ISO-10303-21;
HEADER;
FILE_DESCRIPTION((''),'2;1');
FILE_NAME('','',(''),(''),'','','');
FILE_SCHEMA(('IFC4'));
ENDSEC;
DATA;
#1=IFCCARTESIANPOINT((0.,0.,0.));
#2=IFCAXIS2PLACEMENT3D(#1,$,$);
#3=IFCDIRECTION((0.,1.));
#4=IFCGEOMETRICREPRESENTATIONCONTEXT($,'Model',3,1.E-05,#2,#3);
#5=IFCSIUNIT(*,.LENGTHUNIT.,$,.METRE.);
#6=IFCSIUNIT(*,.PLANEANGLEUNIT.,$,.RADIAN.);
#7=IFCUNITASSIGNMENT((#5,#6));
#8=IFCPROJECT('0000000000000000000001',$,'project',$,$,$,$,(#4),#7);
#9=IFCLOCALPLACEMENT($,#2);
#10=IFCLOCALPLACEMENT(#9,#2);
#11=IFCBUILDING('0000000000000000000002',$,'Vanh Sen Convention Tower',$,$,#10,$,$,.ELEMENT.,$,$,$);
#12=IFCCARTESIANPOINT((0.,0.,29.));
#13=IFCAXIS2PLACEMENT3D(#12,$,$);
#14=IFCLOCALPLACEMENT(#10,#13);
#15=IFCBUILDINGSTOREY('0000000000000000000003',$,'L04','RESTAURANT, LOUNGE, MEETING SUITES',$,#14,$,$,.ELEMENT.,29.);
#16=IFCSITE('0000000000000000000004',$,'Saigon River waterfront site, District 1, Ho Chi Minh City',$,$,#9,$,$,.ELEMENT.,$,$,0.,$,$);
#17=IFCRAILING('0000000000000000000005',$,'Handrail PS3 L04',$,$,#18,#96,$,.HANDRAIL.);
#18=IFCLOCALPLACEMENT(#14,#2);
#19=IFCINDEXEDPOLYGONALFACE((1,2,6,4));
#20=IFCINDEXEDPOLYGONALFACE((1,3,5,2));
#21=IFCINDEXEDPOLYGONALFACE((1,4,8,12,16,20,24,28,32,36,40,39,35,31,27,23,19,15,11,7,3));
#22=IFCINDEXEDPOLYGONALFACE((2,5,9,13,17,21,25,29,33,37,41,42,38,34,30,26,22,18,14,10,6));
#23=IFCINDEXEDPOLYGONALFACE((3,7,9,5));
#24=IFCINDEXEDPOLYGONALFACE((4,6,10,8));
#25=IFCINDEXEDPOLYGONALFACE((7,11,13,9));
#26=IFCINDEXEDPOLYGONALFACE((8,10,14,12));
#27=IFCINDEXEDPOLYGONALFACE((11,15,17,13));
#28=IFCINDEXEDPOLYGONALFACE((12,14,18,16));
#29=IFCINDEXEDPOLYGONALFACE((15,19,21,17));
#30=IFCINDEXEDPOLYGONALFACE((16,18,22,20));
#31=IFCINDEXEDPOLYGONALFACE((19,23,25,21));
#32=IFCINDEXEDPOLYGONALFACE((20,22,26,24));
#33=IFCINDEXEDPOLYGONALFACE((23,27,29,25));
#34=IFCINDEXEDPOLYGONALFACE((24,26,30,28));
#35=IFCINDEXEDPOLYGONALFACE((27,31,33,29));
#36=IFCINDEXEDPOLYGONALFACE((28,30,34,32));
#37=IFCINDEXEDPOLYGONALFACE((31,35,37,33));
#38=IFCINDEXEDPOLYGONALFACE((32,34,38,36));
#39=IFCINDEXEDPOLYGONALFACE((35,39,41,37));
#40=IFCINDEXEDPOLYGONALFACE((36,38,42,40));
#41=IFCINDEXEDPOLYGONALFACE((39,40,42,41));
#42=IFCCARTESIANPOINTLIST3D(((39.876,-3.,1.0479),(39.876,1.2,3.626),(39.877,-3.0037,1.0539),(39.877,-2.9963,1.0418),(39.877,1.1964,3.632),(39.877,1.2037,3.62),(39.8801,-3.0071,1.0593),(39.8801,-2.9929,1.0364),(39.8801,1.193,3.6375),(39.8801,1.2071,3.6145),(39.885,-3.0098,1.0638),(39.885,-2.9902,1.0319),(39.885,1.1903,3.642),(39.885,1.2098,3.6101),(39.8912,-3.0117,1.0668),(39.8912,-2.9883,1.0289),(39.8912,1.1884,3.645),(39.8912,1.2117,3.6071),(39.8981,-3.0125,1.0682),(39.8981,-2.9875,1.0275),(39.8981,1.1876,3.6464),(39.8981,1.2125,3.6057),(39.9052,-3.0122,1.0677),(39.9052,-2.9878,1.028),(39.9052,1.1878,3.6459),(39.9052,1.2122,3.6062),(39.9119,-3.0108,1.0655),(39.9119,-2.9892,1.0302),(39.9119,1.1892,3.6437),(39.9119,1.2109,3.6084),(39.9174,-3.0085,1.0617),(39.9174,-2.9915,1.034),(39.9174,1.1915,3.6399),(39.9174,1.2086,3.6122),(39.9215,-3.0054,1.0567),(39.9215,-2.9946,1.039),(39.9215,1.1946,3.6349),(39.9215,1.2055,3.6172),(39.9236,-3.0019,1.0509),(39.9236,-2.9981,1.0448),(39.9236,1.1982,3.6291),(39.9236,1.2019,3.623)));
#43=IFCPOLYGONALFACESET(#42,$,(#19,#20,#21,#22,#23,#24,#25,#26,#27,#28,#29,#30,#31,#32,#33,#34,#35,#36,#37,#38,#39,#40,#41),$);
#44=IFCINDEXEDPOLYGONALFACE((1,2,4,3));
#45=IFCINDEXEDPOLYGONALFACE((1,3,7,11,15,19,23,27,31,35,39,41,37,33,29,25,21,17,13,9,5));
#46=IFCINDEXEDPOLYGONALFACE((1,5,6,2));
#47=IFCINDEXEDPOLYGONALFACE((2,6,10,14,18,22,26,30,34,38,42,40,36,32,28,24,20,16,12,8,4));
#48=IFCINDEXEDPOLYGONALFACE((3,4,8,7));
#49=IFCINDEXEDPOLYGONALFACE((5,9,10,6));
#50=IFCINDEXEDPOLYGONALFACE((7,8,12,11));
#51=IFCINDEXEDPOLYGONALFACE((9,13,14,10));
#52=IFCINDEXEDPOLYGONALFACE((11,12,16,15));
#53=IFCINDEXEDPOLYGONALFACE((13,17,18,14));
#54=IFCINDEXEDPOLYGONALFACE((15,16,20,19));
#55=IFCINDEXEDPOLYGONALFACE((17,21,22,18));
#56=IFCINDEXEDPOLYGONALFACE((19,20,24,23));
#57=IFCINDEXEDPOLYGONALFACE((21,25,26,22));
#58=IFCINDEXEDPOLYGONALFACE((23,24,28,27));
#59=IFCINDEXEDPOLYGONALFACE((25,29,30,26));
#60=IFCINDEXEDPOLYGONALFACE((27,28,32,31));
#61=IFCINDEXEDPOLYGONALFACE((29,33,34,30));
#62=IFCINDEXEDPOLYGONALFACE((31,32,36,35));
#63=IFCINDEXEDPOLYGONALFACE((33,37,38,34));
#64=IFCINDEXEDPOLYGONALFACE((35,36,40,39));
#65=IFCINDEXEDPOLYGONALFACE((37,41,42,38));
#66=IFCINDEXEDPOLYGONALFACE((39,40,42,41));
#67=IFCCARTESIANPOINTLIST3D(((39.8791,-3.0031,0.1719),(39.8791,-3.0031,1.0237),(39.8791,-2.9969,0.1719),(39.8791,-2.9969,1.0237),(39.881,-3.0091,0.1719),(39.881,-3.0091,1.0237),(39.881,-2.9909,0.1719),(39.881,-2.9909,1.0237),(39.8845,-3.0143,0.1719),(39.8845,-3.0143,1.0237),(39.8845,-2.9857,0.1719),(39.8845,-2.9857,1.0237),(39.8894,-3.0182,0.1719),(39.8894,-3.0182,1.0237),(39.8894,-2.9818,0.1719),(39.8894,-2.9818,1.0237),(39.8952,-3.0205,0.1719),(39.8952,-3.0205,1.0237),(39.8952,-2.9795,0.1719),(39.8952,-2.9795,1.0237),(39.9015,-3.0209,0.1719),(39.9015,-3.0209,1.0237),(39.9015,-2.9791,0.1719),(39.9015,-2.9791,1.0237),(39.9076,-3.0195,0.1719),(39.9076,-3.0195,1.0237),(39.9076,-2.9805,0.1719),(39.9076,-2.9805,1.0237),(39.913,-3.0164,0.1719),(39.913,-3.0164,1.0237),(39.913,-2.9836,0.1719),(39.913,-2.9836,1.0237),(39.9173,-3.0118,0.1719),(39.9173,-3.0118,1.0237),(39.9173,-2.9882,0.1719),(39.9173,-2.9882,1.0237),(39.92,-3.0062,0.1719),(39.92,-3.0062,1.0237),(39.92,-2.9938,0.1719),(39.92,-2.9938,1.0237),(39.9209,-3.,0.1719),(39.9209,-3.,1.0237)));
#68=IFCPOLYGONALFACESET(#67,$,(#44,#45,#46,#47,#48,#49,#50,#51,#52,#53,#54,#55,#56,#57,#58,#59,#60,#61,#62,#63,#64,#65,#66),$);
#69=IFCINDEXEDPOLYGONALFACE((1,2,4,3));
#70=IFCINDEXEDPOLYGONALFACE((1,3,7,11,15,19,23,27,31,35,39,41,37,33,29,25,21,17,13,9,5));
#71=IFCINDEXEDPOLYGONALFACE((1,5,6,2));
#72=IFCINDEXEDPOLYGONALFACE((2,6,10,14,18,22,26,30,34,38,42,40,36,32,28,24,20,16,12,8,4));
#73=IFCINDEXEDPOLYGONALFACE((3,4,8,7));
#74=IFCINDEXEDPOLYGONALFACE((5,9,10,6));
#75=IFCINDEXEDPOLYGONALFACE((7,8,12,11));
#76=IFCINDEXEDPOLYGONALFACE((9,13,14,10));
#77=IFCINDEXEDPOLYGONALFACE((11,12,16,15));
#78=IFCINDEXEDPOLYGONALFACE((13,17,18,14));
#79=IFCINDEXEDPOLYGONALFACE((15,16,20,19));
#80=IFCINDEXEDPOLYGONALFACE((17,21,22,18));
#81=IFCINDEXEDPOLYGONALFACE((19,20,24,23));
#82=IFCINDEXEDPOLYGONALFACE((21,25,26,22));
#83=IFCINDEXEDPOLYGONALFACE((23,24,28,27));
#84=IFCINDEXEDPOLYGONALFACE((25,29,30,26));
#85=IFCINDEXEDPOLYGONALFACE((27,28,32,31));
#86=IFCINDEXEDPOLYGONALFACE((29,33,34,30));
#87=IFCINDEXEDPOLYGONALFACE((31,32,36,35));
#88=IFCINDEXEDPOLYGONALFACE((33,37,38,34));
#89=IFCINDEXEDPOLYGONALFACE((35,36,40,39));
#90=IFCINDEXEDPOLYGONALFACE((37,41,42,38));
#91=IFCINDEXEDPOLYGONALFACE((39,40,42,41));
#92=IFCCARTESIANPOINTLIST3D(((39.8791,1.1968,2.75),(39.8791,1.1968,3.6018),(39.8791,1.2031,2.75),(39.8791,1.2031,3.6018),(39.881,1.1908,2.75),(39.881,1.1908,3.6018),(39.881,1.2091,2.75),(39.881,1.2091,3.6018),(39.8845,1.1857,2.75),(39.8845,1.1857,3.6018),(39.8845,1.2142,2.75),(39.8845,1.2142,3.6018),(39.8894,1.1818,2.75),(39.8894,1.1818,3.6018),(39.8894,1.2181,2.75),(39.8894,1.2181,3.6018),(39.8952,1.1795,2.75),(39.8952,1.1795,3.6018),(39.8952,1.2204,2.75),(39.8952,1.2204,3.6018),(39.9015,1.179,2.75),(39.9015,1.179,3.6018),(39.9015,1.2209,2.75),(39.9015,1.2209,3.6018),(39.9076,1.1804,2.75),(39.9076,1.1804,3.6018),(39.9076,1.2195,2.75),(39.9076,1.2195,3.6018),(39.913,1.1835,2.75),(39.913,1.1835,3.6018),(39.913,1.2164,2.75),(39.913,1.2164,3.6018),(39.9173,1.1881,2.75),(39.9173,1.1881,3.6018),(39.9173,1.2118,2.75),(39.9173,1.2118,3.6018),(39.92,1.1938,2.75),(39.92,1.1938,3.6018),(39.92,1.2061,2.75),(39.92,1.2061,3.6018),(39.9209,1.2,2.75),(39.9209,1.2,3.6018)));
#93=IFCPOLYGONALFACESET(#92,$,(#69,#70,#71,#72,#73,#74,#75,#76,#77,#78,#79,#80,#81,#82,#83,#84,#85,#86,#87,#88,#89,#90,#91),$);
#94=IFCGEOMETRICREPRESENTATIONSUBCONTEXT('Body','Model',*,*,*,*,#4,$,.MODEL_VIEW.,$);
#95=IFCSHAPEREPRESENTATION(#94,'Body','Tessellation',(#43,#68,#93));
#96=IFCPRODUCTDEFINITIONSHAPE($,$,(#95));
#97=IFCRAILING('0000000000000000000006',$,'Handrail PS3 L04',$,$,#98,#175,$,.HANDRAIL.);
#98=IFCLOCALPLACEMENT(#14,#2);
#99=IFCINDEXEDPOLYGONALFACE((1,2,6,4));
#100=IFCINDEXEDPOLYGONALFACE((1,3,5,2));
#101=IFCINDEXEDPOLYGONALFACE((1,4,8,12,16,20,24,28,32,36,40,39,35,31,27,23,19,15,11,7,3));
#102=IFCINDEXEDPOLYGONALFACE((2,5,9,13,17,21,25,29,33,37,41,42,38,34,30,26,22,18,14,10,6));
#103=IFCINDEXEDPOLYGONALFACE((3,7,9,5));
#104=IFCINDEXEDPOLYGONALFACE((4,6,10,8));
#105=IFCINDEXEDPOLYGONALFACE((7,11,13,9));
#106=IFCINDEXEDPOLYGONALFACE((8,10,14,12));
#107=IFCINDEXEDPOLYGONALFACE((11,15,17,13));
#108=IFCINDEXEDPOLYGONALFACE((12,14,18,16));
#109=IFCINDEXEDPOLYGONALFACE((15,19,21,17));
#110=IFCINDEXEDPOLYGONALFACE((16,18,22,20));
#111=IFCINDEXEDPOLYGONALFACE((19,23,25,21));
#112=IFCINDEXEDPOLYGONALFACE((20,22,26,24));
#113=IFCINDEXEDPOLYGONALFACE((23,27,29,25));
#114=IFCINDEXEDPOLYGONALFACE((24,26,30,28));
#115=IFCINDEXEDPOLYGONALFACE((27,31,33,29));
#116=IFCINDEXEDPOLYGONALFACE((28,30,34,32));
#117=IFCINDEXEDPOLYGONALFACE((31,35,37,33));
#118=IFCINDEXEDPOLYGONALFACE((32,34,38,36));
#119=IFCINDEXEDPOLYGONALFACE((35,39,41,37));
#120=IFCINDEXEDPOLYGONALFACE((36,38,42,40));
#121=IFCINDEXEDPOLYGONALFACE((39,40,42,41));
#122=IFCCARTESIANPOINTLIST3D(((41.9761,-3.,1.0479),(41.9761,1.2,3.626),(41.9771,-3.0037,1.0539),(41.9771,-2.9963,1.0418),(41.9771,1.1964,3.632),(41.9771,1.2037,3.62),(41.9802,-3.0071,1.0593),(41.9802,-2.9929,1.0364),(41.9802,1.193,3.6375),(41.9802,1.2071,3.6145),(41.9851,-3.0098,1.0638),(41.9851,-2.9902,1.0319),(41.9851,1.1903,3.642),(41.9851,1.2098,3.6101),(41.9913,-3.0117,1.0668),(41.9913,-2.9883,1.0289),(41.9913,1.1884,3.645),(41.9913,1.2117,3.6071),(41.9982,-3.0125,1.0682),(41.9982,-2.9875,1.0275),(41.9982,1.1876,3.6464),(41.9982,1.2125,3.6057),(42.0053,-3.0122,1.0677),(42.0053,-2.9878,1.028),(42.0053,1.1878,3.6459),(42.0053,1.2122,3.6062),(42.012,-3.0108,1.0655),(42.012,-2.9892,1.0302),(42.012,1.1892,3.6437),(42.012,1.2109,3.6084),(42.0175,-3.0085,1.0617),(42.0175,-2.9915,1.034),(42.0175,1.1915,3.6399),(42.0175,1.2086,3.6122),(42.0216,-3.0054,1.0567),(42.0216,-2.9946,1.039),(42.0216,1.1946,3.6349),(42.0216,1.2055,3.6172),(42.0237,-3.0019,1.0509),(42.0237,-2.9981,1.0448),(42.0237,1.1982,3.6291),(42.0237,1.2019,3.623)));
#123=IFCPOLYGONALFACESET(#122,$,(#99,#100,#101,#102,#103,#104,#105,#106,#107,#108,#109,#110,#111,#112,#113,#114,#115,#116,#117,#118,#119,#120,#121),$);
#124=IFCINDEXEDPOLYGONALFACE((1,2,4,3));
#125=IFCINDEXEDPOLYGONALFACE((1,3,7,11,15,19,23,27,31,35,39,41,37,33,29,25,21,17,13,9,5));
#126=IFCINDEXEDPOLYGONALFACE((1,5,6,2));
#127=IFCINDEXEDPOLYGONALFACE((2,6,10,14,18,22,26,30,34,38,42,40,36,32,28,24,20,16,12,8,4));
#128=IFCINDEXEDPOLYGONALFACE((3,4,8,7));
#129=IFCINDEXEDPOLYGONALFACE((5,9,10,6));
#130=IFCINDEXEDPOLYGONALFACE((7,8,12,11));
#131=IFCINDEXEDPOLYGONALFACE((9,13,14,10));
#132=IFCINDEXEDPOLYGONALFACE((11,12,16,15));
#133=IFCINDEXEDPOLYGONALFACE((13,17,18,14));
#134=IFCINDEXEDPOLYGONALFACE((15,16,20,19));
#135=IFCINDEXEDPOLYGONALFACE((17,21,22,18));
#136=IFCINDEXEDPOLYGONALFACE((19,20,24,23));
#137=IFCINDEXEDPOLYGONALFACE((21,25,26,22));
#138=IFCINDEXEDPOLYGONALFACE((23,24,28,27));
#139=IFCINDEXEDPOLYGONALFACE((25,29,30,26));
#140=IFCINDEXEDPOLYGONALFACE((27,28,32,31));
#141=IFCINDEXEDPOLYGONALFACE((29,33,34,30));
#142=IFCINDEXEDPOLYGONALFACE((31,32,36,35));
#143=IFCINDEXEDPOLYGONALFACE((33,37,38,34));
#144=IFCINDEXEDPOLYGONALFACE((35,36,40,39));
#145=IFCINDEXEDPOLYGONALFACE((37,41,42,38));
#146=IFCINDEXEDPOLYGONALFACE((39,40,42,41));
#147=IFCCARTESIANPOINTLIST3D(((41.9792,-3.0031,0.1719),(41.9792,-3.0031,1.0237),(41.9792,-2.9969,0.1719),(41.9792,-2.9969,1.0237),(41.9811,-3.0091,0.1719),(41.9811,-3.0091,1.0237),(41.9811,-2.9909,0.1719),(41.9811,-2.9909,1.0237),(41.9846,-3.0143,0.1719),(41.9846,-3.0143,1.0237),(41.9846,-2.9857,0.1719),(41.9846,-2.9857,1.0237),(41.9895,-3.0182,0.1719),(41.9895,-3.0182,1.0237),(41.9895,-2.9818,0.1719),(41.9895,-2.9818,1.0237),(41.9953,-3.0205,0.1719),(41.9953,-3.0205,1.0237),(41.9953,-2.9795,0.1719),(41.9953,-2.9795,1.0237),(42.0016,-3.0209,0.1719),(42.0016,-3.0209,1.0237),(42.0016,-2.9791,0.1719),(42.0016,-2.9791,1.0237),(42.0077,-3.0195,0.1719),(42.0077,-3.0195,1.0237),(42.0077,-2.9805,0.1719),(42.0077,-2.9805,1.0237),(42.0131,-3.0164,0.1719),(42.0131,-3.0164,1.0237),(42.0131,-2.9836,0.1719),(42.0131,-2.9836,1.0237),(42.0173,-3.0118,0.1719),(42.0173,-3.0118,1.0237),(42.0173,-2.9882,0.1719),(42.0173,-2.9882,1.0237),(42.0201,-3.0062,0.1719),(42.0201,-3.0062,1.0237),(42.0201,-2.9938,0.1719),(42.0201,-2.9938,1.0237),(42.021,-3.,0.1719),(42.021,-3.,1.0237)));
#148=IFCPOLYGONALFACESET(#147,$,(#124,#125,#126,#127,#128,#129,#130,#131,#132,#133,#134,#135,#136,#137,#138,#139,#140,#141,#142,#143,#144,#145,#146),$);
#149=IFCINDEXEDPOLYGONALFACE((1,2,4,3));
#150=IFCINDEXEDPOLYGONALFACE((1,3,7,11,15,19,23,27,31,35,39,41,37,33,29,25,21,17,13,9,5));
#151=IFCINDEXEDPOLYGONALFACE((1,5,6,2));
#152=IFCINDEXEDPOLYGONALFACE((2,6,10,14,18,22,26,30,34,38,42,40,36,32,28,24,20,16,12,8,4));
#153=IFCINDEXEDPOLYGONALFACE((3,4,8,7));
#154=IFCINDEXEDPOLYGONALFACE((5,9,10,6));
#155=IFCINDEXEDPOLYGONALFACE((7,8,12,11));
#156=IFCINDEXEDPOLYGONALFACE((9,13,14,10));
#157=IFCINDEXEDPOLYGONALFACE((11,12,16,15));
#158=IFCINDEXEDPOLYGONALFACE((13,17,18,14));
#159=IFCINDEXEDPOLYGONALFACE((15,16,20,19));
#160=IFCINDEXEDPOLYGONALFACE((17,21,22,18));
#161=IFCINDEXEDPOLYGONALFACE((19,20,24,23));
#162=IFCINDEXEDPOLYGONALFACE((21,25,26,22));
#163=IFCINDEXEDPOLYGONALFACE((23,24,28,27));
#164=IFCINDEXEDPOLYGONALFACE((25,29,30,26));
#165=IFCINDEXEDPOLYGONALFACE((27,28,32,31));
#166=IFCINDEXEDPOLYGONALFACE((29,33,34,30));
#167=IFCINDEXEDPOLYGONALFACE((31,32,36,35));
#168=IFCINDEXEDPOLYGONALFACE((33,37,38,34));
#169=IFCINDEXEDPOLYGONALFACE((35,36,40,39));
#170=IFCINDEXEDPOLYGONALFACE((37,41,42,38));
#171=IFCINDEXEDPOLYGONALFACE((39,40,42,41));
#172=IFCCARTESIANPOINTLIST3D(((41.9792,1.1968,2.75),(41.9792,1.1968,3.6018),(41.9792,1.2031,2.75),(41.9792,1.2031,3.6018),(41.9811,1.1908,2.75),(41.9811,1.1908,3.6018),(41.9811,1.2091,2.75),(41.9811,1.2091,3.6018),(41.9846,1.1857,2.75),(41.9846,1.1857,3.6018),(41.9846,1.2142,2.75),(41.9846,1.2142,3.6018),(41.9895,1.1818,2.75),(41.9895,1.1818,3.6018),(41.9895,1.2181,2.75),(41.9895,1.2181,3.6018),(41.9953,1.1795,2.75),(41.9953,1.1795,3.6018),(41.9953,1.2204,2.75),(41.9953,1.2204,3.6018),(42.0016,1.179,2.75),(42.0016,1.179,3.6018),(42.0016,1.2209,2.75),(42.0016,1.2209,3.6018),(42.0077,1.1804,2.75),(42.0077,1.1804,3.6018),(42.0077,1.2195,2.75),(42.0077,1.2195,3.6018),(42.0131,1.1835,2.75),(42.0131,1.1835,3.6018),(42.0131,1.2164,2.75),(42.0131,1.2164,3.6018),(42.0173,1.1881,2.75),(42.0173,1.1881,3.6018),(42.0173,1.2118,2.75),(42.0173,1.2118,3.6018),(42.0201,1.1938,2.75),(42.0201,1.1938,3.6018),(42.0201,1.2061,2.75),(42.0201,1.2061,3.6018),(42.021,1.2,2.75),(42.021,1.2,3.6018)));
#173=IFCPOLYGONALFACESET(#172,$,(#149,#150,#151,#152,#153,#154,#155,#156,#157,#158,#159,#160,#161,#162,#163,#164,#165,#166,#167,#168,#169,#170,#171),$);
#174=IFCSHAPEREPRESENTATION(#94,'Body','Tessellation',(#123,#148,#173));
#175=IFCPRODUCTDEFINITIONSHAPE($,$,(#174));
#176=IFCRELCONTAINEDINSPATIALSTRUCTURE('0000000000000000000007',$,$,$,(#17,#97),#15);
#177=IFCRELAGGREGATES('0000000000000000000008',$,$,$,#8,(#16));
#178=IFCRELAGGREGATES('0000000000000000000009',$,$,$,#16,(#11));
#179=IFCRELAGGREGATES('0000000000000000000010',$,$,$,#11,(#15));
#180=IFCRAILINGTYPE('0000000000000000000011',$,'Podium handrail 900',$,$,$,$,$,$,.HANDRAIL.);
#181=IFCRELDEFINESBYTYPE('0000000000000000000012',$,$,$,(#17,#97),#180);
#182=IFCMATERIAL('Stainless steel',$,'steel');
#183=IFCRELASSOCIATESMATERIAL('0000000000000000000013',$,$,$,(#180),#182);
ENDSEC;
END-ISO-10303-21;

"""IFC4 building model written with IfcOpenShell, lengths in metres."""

from ifc_helpers import new_model, si_unit, direction, frame, origin, origin_2d, place, context, subcontext, project, spatial, circle, extrude, material, type_object, element, save


model = new_model("IFC4")

# Units and contexts
model_context = context("Model", 3, precision=1e-05, world=origin(), true_north=direction((0.0, 1.0)))
body_context = subcontext(model_context, "Body", "Model", "MODEL_VIEW")
ifc_project = project(units=[si_unit("LENGTHUNIT", "METRE"), si_unit("PLANEANGLEUNIT", "RADIAN")], contexts=[model_context])

# Site, building, storey
site_placement = place(None, origin())
site = spatial("IfcSite", under=ifc_project, at=site_placement, Name="Saigon River waterfront site, District 1, Ho Chi Minh City", CompositionType="ELEMENT", RefElevation=0.0)
building_placement = place(site_placement, origin())
building = spatial("IfcBuilding", under=site, at=building_placement, Name="Vanh Sen Convention Tower", CompositionType="ELEMENT")
storey_placement = place(building_placement, frame((0.0, 0.0, 29.0)))
storey = spatial("IfcBuildingStorey", under=building, at=storey_placement, Name="L04", Description="RESTAURANT, LOUNGE, MEETING SUITES", CompositionType="ELEMENT", Elevation=29.0)

# Railings
ifc_material_1 = material(Name="Stainless steel", Category="steel")
railing_type = type_object("IfcRailingType", Name="Podium handrail 900", PredefinedType="HANDRAIL", material=ifc_material_1)
for number, where, name in (
    (1, (39.8999, -3.0, 0.1719), "Handrail PS3 L04"),
    (2, (42.0, -3.0, 0.1719), "Handrail PS3 L04"),
):
    element("IfcRailing", number, at=place(storey_placement, frame(where)), inside=storey, type_object=railing_type, Name=name, PredefinedType="HANDRAIL", context=body_context, shape_type="SweptSolid", body=[
        extrude(circle(Radius=0.0239, at=origin_2d()), frame((0.0, 0.0, 0.876), z_axis=(0.0, 0.852243, 0.523146), x_axis=(-1.0, 0.0, 0.0)), (0.0, 0.0, 1.0), 4.9282),
        extrude(circle(Radius=0.021, at=origin_2d()), origin(), (0.0, 0.0, 1.0), 0.8518),
        extrude(circle(Radius=0.021, at=origin_2d()), frame((0.0, 4.2, 2.5781)), (0.0, 0.0, 1.0), 0.8518),
    ])

save(model, "model.ifc")
